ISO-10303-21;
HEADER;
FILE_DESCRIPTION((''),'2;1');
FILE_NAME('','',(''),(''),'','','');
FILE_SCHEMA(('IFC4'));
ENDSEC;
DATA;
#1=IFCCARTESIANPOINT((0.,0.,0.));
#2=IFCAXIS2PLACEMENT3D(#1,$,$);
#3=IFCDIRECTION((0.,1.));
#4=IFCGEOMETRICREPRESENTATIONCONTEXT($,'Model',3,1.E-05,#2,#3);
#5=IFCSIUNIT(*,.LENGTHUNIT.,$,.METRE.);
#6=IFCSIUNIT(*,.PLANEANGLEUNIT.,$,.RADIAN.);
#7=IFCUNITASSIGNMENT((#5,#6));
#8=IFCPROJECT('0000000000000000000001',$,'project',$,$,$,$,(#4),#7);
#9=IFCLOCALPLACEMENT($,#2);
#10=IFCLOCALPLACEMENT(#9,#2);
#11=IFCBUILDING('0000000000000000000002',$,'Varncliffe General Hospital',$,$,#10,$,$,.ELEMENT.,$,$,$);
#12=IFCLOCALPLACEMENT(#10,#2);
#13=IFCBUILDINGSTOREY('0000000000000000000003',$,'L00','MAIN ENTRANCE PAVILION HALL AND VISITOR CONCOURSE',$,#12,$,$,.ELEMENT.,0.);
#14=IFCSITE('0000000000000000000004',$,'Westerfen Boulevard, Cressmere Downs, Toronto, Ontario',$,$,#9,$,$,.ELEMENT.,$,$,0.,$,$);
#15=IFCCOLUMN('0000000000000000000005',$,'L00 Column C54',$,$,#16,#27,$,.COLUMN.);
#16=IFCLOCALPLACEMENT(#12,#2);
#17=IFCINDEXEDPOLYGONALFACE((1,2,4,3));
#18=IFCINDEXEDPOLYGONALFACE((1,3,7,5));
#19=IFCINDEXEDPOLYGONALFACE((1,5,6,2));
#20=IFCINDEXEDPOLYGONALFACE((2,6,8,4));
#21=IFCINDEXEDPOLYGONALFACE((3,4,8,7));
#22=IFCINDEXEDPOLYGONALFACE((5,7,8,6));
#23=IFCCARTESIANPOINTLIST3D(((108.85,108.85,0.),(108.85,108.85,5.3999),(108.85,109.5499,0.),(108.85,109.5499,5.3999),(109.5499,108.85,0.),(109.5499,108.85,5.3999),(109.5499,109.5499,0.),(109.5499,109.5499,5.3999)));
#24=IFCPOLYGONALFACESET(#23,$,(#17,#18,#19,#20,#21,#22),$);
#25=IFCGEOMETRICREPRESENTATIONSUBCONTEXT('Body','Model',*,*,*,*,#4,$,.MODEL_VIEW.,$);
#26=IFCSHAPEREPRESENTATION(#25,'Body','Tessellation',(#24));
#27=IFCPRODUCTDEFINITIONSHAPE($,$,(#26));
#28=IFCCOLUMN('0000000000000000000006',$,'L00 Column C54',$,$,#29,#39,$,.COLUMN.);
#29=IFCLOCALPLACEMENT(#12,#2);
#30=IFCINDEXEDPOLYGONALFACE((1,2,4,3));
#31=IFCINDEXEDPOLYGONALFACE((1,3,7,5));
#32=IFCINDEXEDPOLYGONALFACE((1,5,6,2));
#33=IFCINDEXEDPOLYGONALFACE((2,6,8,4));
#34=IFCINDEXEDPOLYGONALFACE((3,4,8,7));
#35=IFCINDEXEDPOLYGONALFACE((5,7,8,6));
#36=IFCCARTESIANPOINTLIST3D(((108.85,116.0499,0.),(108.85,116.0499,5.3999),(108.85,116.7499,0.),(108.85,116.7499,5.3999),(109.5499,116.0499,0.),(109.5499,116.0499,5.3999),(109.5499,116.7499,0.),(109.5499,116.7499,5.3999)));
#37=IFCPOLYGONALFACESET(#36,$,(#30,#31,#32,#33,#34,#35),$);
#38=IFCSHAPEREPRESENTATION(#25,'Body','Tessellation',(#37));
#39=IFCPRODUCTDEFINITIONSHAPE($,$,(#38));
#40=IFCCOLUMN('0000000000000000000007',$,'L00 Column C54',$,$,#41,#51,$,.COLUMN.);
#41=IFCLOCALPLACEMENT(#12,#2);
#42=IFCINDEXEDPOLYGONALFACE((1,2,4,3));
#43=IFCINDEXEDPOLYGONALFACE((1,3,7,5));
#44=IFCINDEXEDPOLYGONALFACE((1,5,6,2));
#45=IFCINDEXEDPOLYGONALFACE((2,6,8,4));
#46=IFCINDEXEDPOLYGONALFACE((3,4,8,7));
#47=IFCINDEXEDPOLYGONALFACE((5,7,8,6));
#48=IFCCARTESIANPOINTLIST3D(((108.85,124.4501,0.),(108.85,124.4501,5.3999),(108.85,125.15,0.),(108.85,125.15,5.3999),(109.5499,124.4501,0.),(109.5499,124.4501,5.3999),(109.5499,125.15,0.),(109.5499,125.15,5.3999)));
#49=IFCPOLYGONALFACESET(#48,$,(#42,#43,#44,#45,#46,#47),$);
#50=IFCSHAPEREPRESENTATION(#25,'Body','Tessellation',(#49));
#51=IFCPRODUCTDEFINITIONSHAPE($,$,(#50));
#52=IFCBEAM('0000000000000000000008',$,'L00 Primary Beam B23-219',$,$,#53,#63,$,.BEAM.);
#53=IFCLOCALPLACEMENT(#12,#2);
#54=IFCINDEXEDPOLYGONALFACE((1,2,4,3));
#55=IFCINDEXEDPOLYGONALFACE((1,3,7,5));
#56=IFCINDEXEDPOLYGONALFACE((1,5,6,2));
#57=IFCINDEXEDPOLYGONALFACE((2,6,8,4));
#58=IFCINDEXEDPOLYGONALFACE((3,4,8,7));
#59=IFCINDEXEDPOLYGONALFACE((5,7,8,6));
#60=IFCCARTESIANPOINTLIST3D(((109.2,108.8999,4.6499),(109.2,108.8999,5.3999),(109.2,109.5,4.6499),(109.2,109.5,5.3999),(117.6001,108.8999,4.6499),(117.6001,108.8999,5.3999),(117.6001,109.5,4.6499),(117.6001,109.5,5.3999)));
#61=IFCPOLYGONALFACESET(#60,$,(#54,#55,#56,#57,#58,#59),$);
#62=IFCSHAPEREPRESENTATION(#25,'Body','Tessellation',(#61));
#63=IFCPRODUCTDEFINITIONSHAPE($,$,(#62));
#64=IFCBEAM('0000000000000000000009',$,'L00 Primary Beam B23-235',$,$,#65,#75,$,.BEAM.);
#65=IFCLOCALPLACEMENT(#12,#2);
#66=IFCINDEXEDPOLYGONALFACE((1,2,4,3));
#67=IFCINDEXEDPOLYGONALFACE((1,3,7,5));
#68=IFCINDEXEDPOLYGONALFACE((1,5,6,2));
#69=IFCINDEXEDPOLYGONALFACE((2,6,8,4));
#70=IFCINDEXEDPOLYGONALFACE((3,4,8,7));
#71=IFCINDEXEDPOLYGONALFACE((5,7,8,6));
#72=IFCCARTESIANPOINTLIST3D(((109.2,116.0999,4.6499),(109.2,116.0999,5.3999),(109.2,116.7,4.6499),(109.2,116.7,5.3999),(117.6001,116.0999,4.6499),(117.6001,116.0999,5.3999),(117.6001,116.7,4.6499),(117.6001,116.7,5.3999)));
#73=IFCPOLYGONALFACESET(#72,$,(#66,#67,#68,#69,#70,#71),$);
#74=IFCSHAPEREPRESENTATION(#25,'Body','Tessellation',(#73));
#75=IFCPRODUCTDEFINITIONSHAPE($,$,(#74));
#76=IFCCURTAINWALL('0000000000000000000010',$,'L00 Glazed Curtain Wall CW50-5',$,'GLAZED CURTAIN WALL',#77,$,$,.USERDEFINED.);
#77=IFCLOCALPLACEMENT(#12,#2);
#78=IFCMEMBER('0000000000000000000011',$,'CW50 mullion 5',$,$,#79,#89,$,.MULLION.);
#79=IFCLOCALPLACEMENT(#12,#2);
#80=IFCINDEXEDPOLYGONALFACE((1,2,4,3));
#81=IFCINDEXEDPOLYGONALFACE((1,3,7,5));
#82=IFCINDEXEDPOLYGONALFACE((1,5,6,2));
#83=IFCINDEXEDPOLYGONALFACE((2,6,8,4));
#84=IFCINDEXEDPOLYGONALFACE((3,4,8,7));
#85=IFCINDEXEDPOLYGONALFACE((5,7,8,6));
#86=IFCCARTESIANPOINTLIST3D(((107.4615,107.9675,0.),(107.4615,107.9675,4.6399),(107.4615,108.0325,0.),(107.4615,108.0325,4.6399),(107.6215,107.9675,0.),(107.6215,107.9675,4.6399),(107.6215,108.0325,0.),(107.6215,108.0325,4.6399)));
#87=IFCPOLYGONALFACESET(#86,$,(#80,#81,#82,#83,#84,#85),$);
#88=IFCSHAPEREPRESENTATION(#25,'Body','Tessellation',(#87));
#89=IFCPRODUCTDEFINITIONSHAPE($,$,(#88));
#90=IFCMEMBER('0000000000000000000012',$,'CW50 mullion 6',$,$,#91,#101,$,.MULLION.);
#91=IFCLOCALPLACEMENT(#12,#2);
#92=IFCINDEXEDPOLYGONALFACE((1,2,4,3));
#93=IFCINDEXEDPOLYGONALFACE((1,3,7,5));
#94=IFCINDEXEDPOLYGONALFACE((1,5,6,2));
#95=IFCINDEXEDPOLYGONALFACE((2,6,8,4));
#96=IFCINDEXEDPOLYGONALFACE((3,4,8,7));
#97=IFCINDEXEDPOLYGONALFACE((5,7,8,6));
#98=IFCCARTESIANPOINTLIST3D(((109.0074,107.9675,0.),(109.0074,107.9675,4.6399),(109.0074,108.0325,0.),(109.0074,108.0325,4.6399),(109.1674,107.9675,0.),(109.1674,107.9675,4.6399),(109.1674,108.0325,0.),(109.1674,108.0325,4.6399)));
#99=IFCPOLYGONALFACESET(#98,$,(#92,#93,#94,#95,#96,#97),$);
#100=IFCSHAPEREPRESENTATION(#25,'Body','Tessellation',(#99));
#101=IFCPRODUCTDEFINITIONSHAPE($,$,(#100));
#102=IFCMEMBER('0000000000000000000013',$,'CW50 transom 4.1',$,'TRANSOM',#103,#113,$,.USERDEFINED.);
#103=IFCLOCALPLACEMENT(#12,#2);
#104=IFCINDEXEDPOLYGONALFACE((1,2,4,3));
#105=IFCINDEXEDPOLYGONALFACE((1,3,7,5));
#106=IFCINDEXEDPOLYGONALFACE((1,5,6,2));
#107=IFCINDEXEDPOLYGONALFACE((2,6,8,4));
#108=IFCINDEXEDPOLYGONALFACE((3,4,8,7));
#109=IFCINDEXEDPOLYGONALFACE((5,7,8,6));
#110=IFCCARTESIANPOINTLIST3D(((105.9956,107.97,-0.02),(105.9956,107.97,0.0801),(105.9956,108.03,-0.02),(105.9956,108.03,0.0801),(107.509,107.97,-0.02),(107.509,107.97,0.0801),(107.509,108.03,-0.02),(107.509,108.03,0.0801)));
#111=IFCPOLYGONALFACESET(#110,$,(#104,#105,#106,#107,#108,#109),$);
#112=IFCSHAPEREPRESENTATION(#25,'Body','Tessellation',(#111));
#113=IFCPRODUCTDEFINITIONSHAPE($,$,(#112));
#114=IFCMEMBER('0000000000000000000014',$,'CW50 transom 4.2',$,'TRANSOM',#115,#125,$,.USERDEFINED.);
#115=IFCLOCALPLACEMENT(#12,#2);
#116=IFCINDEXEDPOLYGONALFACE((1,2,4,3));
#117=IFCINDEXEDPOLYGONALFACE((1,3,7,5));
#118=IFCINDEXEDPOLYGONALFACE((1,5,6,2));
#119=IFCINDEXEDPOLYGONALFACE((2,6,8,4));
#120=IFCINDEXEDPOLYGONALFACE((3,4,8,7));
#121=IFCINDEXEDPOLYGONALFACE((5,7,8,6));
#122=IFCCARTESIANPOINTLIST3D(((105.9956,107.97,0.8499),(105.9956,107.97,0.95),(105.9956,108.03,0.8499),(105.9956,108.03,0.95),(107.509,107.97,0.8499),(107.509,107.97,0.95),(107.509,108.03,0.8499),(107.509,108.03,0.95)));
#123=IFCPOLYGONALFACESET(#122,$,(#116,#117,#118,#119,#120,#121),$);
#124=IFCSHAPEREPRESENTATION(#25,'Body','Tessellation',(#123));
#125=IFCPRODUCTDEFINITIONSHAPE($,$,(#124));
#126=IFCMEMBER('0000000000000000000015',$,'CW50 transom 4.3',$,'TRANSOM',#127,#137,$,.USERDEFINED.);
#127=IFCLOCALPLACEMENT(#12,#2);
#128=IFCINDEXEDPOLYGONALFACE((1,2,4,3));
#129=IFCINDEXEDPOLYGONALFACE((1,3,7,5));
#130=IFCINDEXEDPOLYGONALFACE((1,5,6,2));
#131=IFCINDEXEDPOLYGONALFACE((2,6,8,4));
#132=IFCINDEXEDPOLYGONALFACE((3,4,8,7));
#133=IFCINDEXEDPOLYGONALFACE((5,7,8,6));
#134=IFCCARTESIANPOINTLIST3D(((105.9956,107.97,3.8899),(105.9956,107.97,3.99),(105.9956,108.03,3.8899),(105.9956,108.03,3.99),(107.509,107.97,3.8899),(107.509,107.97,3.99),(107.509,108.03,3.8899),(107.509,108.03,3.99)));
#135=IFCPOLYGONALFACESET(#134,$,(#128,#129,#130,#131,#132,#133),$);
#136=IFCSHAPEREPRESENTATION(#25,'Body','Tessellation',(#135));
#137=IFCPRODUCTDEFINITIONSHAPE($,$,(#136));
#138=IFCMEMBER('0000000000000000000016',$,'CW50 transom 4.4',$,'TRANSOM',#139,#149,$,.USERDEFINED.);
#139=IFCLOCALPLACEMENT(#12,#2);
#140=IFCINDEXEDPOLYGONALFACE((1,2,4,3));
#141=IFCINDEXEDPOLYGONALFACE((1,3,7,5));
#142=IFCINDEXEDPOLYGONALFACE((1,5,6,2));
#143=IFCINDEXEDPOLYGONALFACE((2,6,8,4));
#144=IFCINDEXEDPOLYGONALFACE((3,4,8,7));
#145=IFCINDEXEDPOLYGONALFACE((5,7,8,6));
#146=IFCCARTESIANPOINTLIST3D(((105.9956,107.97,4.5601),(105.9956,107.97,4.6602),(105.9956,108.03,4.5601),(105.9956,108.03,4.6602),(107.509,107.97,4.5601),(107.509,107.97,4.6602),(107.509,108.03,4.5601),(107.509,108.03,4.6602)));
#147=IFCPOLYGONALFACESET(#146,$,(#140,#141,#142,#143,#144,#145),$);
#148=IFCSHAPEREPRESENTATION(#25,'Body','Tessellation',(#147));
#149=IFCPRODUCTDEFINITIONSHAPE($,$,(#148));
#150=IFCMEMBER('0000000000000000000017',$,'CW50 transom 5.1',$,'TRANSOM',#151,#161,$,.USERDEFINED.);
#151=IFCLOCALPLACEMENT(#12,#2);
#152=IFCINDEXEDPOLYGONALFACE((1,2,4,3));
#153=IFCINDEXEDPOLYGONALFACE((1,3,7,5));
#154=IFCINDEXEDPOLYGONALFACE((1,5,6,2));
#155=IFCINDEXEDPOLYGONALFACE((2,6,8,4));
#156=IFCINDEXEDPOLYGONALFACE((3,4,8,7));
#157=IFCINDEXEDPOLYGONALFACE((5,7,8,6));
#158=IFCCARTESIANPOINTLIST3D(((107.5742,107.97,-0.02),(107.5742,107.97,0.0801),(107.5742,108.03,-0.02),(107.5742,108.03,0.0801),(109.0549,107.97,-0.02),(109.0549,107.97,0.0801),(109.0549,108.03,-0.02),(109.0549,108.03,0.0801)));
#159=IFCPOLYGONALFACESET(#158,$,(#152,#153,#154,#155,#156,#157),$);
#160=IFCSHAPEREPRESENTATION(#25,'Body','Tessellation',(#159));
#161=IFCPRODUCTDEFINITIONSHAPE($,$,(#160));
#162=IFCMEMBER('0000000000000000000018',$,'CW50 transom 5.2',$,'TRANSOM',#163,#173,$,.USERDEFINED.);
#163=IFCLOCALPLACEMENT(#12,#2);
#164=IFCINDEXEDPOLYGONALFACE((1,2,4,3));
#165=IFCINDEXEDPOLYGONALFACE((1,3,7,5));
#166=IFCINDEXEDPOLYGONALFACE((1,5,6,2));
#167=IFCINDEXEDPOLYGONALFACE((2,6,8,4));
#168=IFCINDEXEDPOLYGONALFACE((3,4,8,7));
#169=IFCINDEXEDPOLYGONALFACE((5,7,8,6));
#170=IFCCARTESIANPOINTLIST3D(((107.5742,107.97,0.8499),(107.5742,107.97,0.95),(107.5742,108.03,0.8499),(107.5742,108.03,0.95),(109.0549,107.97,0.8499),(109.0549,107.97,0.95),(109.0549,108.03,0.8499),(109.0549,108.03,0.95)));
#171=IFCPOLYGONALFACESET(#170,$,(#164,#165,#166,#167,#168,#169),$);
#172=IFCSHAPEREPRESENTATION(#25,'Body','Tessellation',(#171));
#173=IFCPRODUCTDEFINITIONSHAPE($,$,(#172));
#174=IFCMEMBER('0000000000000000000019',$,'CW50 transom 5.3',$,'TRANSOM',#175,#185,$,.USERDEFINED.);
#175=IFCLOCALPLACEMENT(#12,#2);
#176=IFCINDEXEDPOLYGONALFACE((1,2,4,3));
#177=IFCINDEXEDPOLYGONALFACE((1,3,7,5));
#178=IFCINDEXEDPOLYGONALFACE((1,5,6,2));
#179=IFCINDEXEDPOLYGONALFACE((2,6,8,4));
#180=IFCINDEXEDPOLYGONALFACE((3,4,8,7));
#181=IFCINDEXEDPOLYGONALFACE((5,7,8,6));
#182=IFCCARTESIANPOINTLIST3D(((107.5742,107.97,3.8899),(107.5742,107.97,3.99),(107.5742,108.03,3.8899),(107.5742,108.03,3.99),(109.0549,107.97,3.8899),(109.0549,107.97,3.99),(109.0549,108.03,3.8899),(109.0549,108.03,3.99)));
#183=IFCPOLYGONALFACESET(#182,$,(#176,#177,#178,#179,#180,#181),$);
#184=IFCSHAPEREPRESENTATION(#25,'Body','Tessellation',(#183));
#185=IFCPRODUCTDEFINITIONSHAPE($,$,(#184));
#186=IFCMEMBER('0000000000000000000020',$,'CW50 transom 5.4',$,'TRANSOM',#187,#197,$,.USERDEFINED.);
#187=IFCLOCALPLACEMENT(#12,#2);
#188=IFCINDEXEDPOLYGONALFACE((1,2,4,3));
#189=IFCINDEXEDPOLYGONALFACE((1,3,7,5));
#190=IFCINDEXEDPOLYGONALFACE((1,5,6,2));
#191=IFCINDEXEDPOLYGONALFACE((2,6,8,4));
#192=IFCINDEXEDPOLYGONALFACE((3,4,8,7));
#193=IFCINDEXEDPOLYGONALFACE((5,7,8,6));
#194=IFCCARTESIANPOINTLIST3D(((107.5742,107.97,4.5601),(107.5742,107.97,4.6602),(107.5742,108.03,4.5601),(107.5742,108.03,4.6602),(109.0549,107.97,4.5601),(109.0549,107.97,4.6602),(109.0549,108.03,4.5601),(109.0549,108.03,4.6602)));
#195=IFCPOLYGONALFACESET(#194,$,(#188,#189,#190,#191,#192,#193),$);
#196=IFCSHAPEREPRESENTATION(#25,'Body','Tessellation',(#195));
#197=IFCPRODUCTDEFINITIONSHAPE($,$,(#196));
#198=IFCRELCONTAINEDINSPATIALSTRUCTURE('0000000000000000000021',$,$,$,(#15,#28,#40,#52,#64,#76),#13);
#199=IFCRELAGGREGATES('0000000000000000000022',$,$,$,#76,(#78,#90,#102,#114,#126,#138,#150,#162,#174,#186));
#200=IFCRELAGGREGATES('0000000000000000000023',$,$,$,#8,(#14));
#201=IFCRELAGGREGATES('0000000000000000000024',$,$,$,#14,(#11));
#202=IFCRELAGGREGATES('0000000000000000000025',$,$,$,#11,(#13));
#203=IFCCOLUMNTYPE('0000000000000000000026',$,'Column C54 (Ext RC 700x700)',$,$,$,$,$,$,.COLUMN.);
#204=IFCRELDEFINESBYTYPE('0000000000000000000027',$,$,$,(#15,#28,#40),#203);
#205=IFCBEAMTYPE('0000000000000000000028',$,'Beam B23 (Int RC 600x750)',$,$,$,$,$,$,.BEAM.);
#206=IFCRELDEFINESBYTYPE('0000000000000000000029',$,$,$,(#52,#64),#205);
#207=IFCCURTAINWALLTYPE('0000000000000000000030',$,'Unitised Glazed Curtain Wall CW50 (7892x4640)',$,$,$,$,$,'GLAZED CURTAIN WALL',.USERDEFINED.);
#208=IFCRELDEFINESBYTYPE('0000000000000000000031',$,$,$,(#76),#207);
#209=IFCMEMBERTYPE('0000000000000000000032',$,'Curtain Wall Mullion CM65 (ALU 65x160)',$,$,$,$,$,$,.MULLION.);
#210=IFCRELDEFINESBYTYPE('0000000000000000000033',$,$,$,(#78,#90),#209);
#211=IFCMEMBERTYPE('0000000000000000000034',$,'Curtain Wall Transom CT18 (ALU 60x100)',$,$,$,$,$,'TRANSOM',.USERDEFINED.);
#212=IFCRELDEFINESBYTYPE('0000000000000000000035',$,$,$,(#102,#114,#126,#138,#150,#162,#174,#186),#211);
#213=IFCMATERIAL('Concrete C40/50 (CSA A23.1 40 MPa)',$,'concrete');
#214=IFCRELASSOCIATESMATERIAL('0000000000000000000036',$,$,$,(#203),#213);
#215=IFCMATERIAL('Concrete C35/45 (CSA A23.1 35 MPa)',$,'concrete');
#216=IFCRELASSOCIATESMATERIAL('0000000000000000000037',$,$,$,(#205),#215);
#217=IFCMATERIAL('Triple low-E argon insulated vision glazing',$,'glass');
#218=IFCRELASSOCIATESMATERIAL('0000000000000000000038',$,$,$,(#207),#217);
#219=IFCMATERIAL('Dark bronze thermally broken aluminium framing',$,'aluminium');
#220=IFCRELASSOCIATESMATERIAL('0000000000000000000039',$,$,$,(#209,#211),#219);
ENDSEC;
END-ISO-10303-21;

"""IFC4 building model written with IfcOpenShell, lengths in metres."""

from ifc_helpers import new_model, si_unit, direction, frame, origin, origin_2d, place, context, subcontext, project, spatial, rectangle, extrude, material, material_profile, profile_set, type_object, element, aggregate, save


model = new_model("IFC4")

# Units and contexts
model_context = context("Model", 3, precision=1e-05, world=origin(), true_north=direction((0.0, 1.0)))
body_context = subcontext(model_context, "Body", "Model", "MODEL_VIEW")
ifc_project = project(units=[si_unit("LENGTHUNIT", "METRE"), si_unit("PLANEANGLEUNIT", "RADIAN")], contexts=[model_context])

# Site, building, storey
site_placement = place(None, origin())
site = spatial("IfcSite", under=ifc_project, at=site_placement, Name="Westerfen Boulevard, Cressmere Downs, Toronto, Ontario", CompositionType="ELEMENT", RefElevation=0.0)
building_placement = place(site_placement, origin())
building = spatial("IfcBuilding", under=site, at=building_placement, Name="Varncliffe General Hospital", CompositionType="ELEMENT")
storey_placement = place(building_placement, origin())
storey = spatial("IfcBuildingStorey", under=building, at=storey_placement, Name="L00", Description="MAIN ENTRANCE PAVILION HALL AND VISITOR CONCOURSE", CompositionType="ELEMENT", Elevation=0.0)

# Columns
ifc_material_1 = material(Name="Concrete C40/50 (CSA A23.1 40 MPa)", Category="concrete")
ifc_material_profile_1 = material_profile(ifc_material_1, rectangle(XDim=0.7, YDim=0.7, at=origin_2d()), Name="RC 700x700")
ifc_profile_set_1 = profile_set([ifc_material_profile_1], Name="Concrete C40/50 (CSA A23.1 40 MPa)")
column_type = type_object("IfcColumnType", Name="Column C54 (Ext RC 700x700)", PredefinedType="COLUMN", material=ifc_profile_set_1)
for number, where, z_axis, x_axis, name in (
    (1, (109.2, 109.2, 0.0), (0.0, 0.0, 1.0), (1.0, 0.0, 0.0), "L00 Column C54"),
    (2, (109.2, 116.3999, 0.0), (0.0, 0.0, 1.0), (1.0, 0.0, 0.0), "L00 Column C54"),
    (3, (109.2, 124.8, 0.0), (0.0, 0.0, 1.0), (1.0, 0.0, 0.0), "L00 Column C54"),
):
    element("IfcColumn", number, at=place(storey_placement, frame(where, z_axis=z_axis, x_axis=x_axis)), inside=storey, type_object=column_type, Name=name, PredefinedType="COLUMN", context=body_context, shape_type="SweptSolid", body=[
        extrude(rectangle(XDim=0.7, YDim=0.7, at=origin_2d()), origin(), (0.0, 0.0, 1.0), 5.3999),
    ])

# Beams
ifc_material_2 = material(Name="Concrete C35/45 (CSA A23.1 35 MPa)", Category="concrete")
ifc_material_profile_2 = material_profile(ifc_material_2, rectangle(XDim=0.6001, YDim=0.75, at=origin_2d()), Name="RC 600x750")
ifc_profile_set_2 = profile_set([ifc_material_profile_2], Name="Concrete C35/45 (CSA A23.1 35 MPa)")
beam_type_1 = type_object("IfcBeamType", Name="Beam B23 (Int RC 600x750)", PredefinedType="BEAM", material=ifc_profile_set_2)
for number, where, z_axis, x_axis, name in (
    (4, (109.2, 109.2, 5.0249), (1.0, 0.0, 0.0), (0.0, 1.0, 0.0), "L00 Primary Beam B23-219"),
    (5, (109.2, 116.3999, 5.0249), (1.0, 0.0, 0.0), (0.0, 1.0, 0.0), "L00 Primary Beam B23-235"),
):
    element("IfcBeam", number, at=place(storey_placement, frame(where, z_axis=z_axis, x_axis=x_axis)), inside=storey, type_object=beam_type_1, Name=name, PredefinedType="BEAM", context=body_context, shape_type="SweptSolid", body=[
        extrude(rectangle(XDim=0.6001, YDim=0.75, at=origin_2d()), origin(), (0.0, 0.0, 1.0), 8.4001),
    ])

# Curtain wall, members
ifc_material_3 = material(Name="Triple low-E argon insulated vision glazing", Category="glass")
curtain_wall_type = type_object("IfcCurtainWallType", Name="Unitised Glazed Curtain Wall CW50 (7892x4640)", ElementType="GLAZED CURTAIN WALL", PredefinedType="USERDEFINED", material=ifc_material_3)
curtain_wall_placement = place(storey_placement, origin())
curtain_wall = element("IfcCurtainWall", 6, at=curtain_wall_placement, inside=storey, type_object=curtain_wall_type, Name="L00 Glazed Curtain Wall CW50-5", ObjectType="GLAZED CURTAIN WALL", PredefinedType="USERDEFINED")
ifc_material_4 = material(Name="Dark bronze thermally broken aluminium framing", Category="aluminium")
ifc_material_profile_3 = material_profile(ifc_material_4, rectangle(XDim=0.0649, YDim=0.1599, at=origin_2d()), Name="ALU 65x160")
ifc_profile_set_3 = profile_set([ifc_material_profile_3], Name="Dark bronze thermally broken aluminium framing")
member_type_1 = type_object("IfcMemberType", Name="Curtain Wall Mullion CM65 (ALU 65x160)", PredefinedType="MULLION", material=ifc_profile_set_3)
member_1_placement = place(storey_placement, frame((107.5415, 108.0, 0.0), z_axis=(0.0, 0.0, 1.0), x_axis=(0.0, 1.0, 0.0)))
member_1 = element("IfcMember", 7, at=member_1_placement, type_object=member_type_1, Name="CW50 mullion 5", PredefinedType="MULLION", context=body_context, shape_type="SweptSolid", body=[
    extrude(rectangle(XDim=0.0649, YDim=0.1599, at=origin_2d()), origin(), (0.0, 0.0, 1.0), 4.6399),
])
member_2_placement = place(storey_placement, frame((109.0874, 108.0, 0.0), z_axis=(0.0, 0.0, 1.0), x_axis=(0.0, 1.0, 0.0)))
member_2 = element("IfcMember", 8, at=member_2_placement, type_object=member_type_1, Name="CW50 mullion 6", PredefinedType="MULLION", context=body_context, shape_type="SweptSolid", body=[
    extrude(rectangle(XDim=0.0649, YDim=0.1599, at=origin_2d()), origin(), (0.0, 0.0, 1.0), 4.6399),
])
ifc_material_profile_4 = material_profile(ifc_material_4, rectangle(XDim=0.0601, YDim=0.1001, at=origin_2d()), Name="ALU 60x100")
ifc_profile_set_4 = profile_set([ifc_material_profile_4], Name="Dark bronze thermally broken aluminium framing")
member_type_2 = type_object("IfcMemberType", Name="Curtain Wall Transom CT18 (ALU 60x100)", ElementType="TRANSOM", PredefinedType="USERDEFINED", material=ifc_profile_set_4)
member_3_placement = place(storey_placement, frame((105.9956, 108.0, 0.03), z_axis=(1.0, 0.0, 0.0), x_axis=(0.0, 1.0, 0.0)))
member_3 = element("IfcMember", 9, at=member_3_placement, type_object=member_type_2, Name="CW50 transom 4.1", ObjectType="TRANSOM", PredefinedType="USERDEFINED", context=body_context, shape_type="SweptSolid", body=[
    extrude(rectangle(XDim=0.0601, YDim=0.1001, at=origin_2d()), origin(), (0.0, 0.0, 1.0), 1.5134),
])
member_4_placement = place(storey_placement, frame((105.9956, 108.0, 0.8999), z_axis=(1.0, 0.0, 0.0), x_axis=(0.0, 1.0, 0.0)))
member_4 = element("IfcMember", 10, at=member_4_placement, type_object=member_type_2, Name="CW50 transom 4.2", ObjectType="TRANSOM", PredefinedType="USERDEFINED", context=body_context, shape_type="SweptSolid", body=[
    extrude(rectangle(XDim=0.0601, YDim=0.1001, at=origin_2d()), origin(), (0.0, 0.0, 1.0), 1.5134),
])
member_5_placement = place(storey_placement, frame((105.9956, 108.0, 3.9399), z_axis=(1.0, 0.0, 0.0), x_axis=(0.0, 1.0, 0.0)))
member_5 = element("IfcMember", 11, at=member_5_placement, type_object=member_type_2, Name="CW50 transom 4.3", ObjectType="TRANSOM", PredefinedType="USERDEFINED", context=body_context, shape_type="SweptSolid", body=[
    extrude(rectangle(XDim=0.0601, YDim=0.1001, at=origin_2d()), origin(), (0.0, 0.0, 1.0), 1.5134),
])
member_6_placement = place(storey_placement, frame((105.9956, 108.0, 4.6101), z_axis=(1.0, 0.0, 0.0), x_axis=(0.0, 1.0, 0.0)))
member_6 = element("IfcMember", 12, at=member_6_placement, type_object=member_type_2, Name="CW50 transom 4.4", ObjectType="TRANSOM", PredefinedType="USERDEFINED", context=body_context, shape_type="SweptSolid", body=[
    extrude(rectangle(XDim=0.0601, YDim=0.1001, at=origin_2d()), origin(), (0.0, 0.0, 1.0), 1.5134),
])
member_7_placement = place(storey_placement, frame((107.5742, 108.0, 0.03), z_axis=(1.0, 0.0, 0.0), x_axis=(0.0, 1.0, 0.0)))
member_7 = element("IfcMember", 13, at=member_7_placement, type_object=member_type_2, Name="CW50 transom 5.1", ObjectType="TRANSOM", PredefinedType="USERDEFINED", context=body_context, shape_type="SweptSolid", body=[
    extrude(rectangle(XDim=0.0601, YDim=0.1001, at=origin_2d()), origin(), (0.0, 0.0, 1.0), 1.4807),
])
member_8_placement = place(storey_placement, frame((107.5742, 108.0, 0.8999), z_axis=(1.0, 0.0, 0.0), x_axis=(0.0, 1.0, 0.0)))
member_8 = element("IfcMember", 14, at=member_8_placement, type_object=member_type_2, Name="CW50 transom 5.2", ObjectType="TRANSOM", PredefinedType="USERDEFINED", context=body_context, shape_type="SweptSolid", body=[
    extrude(rectangle(XDim=0.0601, YDim=0.1001, at=origin_2d()), origin(), (0.0, 0.0, 1.0), 1.4807),
])
member_9_placement = place(storey_placement, frame((107.5742, 108.0, 3.9399), z_axis=(1.0, 0.0, 0.0), x_axis=(0.0, 1.0, 0.0)))
member_9 = element("IfcMember", 15, at=member_9_placement, type_object=member_type_2, Name="CW50 transom 5.3", ObjectType="TRANSOM", PredefinedType="USERDEFINED", context=body_context, shape_type="SweptSolid", body=[
    extrude(rectangle(XDim=0.0601, YDim=0.1001, at=origin_2d()), origin(), (0.0, 0.0, 1.0), 1.4807),
])
member_10_placement = place(storey_placement, frame((107.5742, 108.0, 4.6101), z_axis=(1.0, 0.0, 0.0), x_axis=(0.0, 1.0, 0.0)))
member_10 = element("IfcMember", 16, at=member_10_placement, type_object=member_type_2, Name="CW50 transom 5.4", ObjectType="TRANSOM", PredefinedType="USERDEFINED", context=body_context, shape_type="SweptSolid", body=[
    extrude(rectangle(XDim=0.0601, YDim=0.1001, at=origin_2d()), origin(), (0.0, 0.0, 1.0), 1.4807),
])

aggregate(curtain_wall, [member_1, member_2, member_3, member_4, member_5, member_6, member_7, member_8, member_9, member_10])

save(model, "model.ifc")
